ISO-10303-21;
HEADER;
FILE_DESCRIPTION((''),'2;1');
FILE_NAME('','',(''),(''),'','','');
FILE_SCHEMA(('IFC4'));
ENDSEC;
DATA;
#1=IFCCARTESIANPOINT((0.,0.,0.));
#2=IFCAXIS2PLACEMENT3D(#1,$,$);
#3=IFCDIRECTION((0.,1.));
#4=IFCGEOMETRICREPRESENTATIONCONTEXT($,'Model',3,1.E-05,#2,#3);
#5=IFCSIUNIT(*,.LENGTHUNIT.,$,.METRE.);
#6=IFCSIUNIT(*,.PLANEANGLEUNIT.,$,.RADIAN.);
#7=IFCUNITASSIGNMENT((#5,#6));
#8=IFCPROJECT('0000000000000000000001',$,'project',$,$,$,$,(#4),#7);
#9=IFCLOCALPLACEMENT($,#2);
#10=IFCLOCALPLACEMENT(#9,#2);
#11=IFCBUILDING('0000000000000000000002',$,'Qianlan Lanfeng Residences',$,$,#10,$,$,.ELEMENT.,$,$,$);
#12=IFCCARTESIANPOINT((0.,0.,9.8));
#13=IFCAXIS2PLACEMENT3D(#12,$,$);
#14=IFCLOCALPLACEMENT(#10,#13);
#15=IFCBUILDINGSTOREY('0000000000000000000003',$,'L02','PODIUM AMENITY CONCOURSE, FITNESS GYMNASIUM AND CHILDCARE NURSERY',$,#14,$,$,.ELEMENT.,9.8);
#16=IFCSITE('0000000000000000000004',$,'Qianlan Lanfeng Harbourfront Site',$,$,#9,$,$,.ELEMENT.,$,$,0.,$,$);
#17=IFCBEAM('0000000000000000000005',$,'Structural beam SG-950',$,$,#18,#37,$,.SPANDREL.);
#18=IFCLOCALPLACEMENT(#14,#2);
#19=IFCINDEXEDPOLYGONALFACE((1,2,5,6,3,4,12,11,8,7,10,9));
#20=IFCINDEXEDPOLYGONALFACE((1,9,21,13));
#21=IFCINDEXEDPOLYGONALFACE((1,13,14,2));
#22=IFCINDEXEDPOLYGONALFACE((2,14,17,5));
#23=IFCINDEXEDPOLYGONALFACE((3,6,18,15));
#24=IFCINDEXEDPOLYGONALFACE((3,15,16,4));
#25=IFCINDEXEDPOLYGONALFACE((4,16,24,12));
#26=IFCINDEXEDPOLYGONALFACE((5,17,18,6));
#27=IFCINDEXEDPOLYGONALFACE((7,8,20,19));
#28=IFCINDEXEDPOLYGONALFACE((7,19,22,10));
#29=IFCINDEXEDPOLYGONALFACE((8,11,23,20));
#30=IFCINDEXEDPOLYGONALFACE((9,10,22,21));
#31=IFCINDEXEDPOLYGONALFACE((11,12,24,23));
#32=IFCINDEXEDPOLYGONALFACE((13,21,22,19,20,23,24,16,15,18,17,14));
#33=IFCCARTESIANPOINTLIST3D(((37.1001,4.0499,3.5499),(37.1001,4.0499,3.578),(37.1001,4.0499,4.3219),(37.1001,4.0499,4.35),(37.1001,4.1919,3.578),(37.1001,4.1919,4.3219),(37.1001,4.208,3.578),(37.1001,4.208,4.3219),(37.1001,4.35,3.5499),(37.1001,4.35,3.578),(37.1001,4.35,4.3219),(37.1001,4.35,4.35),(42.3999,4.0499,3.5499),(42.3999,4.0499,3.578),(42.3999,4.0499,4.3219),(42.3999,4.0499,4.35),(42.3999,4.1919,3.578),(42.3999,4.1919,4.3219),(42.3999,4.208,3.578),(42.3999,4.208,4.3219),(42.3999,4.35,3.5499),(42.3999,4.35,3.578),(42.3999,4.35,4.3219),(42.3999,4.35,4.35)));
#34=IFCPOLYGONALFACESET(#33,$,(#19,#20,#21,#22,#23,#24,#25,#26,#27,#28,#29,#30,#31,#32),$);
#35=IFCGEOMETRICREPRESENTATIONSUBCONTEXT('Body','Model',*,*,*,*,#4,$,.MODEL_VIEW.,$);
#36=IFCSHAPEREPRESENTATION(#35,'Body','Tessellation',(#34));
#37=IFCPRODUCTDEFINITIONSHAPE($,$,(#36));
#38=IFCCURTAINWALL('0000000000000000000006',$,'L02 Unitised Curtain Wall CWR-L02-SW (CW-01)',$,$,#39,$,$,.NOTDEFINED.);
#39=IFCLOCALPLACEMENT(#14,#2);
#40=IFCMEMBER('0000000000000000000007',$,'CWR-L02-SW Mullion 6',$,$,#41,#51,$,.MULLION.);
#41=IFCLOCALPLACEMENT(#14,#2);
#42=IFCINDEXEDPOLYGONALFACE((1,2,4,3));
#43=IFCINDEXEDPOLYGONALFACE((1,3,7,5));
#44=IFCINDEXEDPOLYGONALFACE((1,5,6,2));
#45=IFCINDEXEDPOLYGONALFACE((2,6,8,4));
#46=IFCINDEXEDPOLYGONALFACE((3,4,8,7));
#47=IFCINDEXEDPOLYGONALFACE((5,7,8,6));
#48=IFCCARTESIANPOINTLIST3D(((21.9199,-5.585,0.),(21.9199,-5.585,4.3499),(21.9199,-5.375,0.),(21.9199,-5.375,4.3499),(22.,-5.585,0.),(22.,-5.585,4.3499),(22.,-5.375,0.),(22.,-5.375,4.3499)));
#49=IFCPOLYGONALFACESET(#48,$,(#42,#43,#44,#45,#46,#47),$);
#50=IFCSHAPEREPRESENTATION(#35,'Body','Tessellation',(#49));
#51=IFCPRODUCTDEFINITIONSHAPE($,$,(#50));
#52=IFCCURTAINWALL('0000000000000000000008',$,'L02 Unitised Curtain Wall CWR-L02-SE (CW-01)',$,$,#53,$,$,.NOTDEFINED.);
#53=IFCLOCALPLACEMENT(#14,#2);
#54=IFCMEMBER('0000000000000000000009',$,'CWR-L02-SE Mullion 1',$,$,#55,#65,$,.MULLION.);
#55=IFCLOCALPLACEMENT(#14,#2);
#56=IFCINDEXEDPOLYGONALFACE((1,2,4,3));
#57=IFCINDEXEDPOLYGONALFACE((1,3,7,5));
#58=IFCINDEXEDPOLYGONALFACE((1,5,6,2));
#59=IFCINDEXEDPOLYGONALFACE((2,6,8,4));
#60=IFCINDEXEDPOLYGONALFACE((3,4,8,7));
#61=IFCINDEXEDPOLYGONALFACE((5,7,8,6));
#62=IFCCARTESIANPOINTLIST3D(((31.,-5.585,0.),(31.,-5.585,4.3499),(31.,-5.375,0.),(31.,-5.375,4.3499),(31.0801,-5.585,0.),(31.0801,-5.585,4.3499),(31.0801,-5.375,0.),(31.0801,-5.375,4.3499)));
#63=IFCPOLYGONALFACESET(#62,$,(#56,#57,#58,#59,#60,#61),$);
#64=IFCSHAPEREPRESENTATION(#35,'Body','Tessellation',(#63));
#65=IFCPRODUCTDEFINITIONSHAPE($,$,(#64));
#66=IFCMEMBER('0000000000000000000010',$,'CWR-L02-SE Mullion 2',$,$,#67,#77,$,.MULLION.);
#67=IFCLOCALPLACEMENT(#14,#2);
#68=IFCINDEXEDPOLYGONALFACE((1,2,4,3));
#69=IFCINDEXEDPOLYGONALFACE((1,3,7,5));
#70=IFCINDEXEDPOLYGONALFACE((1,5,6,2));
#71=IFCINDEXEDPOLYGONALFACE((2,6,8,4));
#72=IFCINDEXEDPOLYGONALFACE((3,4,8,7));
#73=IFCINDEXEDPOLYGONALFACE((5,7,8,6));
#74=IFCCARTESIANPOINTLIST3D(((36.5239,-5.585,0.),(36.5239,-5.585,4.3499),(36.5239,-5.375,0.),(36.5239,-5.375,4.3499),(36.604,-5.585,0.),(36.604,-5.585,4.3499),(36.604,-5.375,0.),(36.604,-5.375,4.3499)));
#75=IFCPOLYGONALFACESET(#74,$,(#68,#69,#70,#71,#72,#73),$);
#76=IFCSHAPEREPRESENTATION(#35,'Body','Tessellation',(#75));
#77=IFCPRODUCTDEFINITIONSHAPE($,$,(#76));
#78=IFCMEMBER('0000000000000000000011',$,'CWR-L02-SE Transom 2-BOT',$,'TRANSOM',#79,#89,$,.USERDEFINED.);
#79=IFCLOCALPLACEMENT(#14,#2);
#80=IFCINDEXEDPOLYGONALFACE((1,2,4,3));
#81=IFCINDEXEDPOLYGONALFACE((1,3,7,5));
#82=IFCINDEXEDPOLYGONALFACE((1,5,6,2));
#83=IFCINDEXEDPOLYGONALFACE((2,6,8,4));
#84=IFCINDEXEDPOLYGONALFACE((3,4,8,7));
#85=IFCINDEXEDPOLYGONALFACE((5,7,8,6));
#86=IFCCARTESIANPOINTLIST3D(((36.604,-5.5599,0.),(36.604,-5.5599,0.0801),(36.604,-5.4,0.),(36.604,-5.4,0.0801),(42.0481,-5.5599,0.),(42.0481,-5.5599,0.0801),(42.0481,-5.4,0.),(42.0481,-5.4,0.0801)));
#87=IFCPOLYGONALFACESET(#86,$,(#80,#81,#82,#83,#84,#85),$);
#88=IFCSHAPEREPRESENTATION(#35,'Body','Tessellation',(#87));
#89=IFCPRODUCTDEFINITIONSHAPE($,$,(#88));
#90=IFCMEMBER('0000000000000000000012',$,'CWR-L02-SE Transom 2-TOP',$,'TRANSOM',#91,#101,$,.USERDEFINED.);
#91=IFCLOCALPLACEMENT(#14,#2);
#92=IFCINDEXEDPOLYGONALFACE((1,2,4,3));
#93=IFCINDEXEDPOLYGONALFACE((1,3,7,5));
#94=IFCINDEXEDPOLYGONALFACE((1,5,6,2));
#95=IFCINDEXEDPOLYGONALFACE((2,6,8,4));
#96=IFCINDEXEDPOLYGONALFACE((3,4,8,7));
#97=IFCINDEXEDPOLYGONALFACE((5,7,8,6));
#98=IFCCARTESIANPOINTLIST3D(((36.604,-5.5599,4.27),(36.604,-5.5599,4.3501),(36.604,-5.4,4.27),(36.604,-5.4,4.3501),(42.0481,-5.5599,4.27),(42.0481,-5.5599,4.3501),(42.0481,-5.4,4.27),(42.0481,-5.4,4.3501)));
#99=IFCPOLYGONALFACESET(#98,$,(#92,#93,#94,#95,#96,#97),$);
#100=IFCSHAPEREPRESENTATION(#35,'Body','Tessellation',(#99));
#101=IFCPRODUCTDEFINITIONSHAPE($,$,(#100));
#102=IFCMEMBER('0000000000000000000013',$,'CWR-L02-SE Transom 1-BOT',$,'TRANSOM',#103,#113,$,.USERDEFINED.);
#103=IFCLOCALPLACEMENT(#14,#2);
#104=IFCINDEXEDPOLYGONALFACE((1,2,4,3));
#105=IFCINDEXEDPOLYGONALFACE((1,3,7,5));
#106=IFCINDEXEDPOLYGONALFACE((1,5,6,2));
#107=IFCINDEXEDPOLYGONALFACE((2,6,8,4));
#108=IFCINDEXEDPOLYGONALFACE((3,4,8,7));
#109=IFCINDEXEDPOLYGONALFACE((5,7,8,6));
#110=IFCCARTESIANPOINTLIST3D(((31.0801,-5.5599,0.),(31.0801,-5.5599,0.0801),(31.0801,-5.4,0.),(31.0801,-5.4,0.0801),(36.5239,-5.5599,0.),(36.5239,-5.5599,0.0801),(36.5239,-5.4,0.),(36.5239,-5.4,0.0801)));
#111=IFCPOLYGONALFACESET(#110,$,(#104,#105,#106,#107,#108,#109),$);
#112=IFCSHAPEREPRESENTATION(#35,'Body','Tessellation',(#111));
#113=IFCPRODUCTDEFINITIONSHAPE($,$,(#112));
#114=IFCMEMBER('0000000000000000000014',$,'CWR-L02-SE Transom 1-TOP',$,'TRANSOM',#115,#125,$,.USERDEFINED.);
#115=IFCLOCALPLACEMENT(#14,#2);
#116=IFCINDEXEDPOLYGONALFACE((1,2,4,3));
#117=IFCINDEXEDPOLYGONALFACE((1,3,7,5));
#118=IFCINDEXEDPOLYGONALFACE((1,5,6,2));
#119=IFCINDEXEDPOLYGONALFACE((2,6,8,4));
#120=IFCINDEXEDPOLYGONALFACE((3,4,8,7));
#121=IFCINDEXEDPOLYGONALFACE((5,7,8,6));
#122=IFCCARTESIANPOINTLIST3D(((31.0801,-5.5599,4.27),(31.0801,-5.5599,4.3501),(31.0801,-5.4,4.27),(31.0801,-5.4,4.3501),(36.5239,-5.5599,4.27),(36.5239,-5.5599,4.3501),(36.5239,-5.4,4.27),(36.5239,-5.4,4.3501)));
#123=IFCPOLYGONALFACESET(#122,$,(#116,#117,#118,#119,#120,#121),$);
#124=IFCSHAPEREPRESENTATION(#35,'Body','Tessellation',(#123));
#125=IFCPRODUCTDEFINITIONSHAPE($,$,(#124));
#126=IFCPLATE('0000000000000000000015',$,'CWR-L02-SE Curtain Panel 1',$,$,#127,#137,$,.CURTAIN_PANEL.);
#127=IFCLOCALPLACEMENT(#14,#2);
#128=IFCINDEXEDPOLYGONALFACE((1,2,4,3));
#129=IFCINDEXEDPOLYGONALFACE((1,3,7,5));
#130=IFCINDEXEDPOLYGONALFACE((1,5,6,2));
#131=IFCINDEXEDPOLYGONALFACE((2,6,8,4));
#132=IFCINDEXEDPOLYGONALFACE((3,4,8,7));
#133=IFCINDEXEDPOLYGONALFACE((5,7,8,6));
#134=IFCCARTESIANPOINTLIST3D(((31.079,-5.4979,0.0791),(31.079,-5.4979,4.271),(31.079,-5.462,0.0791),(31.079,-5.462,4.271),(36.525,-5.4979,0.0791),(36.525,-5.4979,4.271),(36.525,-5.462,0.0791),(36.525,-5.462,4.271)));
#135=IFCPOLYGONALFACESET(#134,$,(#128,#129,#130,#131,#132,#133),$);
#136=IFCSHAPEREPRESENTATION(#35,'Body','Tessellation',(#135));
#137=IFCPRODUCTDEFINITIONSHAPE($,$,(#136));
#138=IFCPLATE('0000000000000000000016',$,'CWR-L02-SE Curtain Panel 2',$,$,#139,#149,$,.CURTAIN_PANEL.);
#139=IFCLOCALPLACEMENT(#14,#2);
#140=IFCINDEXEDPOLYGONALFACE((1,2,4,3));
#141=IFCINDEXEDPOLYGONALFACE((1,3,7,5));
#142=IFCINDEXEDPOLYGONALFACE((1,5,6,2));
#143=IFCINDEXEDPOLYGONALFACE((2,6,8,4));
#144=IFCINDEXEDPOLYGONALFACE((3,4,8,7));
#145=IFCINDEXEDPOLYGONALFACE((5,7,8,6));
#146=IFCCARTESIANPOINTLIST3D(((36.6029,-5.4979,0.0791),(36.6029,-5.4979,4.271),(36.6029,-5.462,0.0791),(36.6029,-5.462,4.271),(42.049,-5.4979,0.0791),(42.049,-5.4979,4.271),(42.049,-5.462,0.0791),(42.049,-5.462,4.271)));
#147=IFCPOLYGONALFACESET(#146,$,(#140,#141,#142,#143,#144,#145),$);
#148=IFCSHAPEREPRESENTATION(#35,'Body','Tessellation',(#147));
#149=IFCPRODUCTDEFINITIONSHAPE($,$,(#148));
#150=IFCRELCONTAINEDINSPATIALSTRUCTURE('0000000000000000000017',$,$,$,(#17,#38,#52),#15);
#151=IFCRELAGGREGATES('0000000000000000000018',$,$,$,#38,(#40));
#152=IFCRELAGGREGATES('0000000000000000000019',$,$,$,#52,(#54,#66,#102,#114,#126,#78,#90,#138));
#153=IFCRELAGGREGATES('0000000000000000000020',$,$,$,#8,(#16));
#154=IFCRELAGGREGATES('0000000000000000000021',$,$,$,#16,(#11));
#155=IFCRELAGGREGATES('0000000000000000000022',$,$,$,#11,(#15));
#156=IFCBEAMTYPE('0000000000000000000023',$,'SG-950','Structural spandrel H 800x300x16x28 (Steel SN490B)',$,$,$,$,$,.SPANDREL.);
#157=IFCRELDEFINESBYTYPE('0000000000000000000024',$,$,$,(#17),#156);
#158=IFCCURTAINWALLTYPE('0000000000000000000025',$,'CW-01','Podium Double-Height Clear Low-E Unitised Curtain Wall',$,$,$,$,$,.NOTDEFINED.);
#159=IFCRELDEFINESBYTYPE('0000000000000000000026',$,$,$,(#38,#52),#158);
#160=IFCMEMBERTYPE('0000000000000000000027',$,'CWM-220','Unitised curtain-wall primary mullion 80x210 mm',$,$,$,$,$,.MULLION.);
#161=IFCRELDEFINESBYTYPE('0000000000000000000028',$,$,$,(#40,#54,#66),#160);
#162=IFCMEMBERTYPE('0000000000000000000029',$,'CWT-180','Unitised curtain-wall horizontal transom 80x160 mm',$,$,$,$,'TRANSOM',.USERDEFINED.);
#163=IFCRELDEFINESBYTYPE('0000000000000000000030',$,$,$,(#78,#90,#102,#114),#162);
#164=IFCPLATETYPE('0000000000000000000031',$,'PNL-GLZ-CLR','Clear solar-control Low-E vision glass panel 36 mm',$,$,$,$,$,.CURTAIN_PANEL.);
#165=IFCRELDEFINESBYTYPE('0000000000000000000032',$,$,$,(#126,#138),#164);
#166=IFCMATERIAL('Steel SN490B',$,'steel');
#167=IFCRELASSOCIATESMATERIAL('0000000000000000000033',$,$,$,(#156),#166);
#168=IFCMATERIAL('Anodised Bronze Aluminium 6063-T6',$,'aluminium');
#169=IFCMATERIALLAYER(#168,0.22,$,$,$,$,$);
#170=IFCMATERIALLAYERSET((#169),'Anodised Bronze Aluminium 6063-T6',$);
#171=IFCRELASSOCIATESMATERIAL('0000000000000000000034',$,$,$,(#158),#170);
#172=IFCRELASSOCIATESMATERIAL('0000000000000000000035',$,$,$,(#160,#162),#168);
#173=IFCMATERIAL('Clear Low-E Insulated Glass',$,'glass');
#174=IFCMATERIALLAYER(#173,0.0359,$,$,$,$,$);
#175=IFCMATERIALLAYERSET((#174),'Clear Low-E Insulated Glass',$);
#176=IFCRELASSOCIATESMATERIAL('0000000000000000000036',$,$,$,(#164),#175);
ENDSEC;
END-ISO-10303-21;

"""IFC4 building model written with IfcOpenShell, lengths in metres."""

from ifc_helpers import new_model, si_unit, direction, frame, origin, origin_2d, place, context, subcontext, project, spatial, rectangle, i_section, extrude, source, transform, mapped, material, layer, layer_set, material_profile, profile_set, type_object, element, aggregate, save


model = new_model("IFC4")

# Units and contexts
model_context = context("Model", 3, precision=1e-05, world=origin(), true_north=direction((0.0, 1.0)))
body_context = subcontext(model_context, "Body", "Model", "MODEL_VIEW")
ifc_project = project(units=[si_unit("LENGTHUNIT", "METRE"), si_unit("PLANEANGLEUNIT", "RADIAN")], contexts=[model_context])

# Site, building, storey
site_placement = place(None, origin())
site = spatial("IfcSite", under=ifc_project, at=site_placement, Name="Qianlan Lanfeng Harbourfront Site", CompositionType="ELEMENT", RefElevation=0.0)
building_placement = place(site_placement, origin())
building = spatial("IfcBuilding", under=site, at=building_placement, Name="Qianlan Lanfeng Residences", CompositionType="ELEMENT")
storey_placement = place(building_placement, frame((0.0, 0.0, 9.8)))
storey = spatial("IfcBuildingStorey", under=building, at=storey_placement, Name="L02", Description="PODIUM AMENITY CONCOURSE, FITNESS GYMNASIUM AND CHILDCARE NURSERY", CompositionType="ELEMENT", Elevation=9.8)

# Beam
ifc_material_1 = material(Name="Steel SN490B", Category="steel")
ifc_material_profile_1 = material_profile(ifc_material_1, i_section(OverallWidth=0.3, OverallDepth=0.8, WebThickness=0.0161, FlangeThickness=0.0281, at=origin_2d()), Name="H 800x300x16x28")
ifc_profile_set_1 = profile_set([ifc_material_profile_1], Name="Steel SN490B")
beam_type_1 = type_object("IfcBeamType", Name="SG-950", Description="Structural spandrel H 800x300x16x28 (Steel SN490B)", PredefinedType="SPANDREL", material=ifc_profile_set_1)
beam_1_placement = place(storey_placement, frame((37.1001, 4.2, 3.95), z_axis=(1.0, 0.0, 0.0), x_axis=(0.0, 1.0, 0.0)))
element("IfcBeam", 1, at=beam_1_placement, inside=storey, type_object=beam_type_1, Name="Structural beam SG-950", PredefinedType="SPANDREL", context=body_context, shape_type="SweptSolid", body=[
    extrude(i_section(OverallWidth=0.3, OverallDepth=0.8, WebThickness=0.0161, FlangeThickness=0.0281, at=origin_2d()), origin(), (0.0, 0.0, 1.0), 5.2998),
])

# Curtain wall, member
ifc_material_2 = material(Name="Anodised Bronze Aluminium 6063-T6", Category="aluminium")
ifc_layer_1 = layer(ifc_material_2, 0.22)
ifc_layer_set_1 = layer_set([ifc_layer_1], Name="Anodised Bronze Aluminium 6063-T6")
curtain_wall_type = type_object("IfcCurtainWallType", Name="CW-01", Description="Podium Double-Height Clear Low-E Unitised Curtain Wall", PredefinedType="NOTDEFINED", material=ifc_layer_set_1)
curtain_wall_1_placement = place(storey_placement, origin())
curtain_wall_1 = element("IfcCurtainWall", 2, at=curtain_wall_1_placement, inside=storey, type_object=curtain_wall_type, Name="L02 Unitised Curtain Wall CWR-L02-SW (CW-01)", PredefinedType="NOTDEFINED")
ifc_material_profile_2 = material_profile(ifc_material_2, rectangle(XDim=0.0801, YDim=0.21, at=origin_2d()), Name="ALU MULLION 80x210")
ifc_profile_set_2 = profile_set([ifc_material_profile_2], Name="Anodised Bronze Aluminium 6063-T6")
member_type_1 = type_object("IfcMemberType", Name="CWM-220", Description="Unitised curtain-wall primary mullion 80x210 mm", PredefinedType="MULLION", material=ifc_profile_set_2)
shared_shape_1 = source(origin(), body_context, "Body", "SweptSolid", [
    extrude(rectangle(XDim=0.0801, YDim=0.21, at=origin_2d()), origin(), (0.0, 0.0, 1.0), 4.3499),
])
member_1_placement = place(storey_placement, frame((21.96, -5.48, 0.0), z_axis=(0.0, 0.0, 1.0), x_axis=(1.0, 0.0, 0.0)))
member_1 = element("IfcMember", 3, at=member_1_placement, type_object=member_type_1, Name="CWR-L02-SW Mullion 6", PredefinedType="MULLION", context=body_context, shape_type="MappedRepresentation", body=[
    mapped(shared_shape_1, transform((0.0, 0.0, 0.0), scale=1.0)),
])
aggregate(curtain_wall_1, [member_1])

# Curtain wall, members, plates
curtain_wall_2_placement = place(storey_placement, origin())
curtain_wall_2 = element("IfcCurtainWall", 4, at=curtain_wall_2_placement, inside=storey, type_object=curtain_wall_type, Name="L02 Unitised Curtain Wall CWR-L02-SE (CW-01)", PredefinedType="NOTDEFINED")
member_2_placement = place(storey_placement, frame((31.04, -5.48, 0.0), z_axis=(0.0, 0.0, 1.0), x_axis=(1.0, 0.0, 0.0)))
member_2 = element("IfcMember", 5, at=member_2_placement, type_object=member_type_1, Name="CWR-L02-SE Mullion 1", PredefinedType="MULLION", context=body_context, shape_type="MappedRepresentation", body=[
    mapped(shared_shape_1, transform((0.0, 0.0, 0.0), scale=1.0)),
])
member_3_placement = place(storey_placement, frame((36.564, -5.48, 0.0), z_axis=(0.0, 0.0, 1.0), x_axis=(1.0, 0.0, 0.0)))
member_3 = element("IfcMember", 6, at=member_3_placement, type_object=member_type_1, Name="CWR-L02-SE Mullion 2", PredefinedType="MULLION", context=body_context, shape_type="MappedRepresentation", body=[
    mapped(shared_shape_1, transform((0.0, 0.0, 0.0), scale=1.0)),
])
ifc_material_profile_3 = material_profile(ifc_material_2, rectangle(XDim=0.0801, YDim=0.1599, at=origin_2d()), Name="ALU TRANSOM 80x160")
ifc_profile_set_3 = profile_set([ifc_material_profile_3], Name="Anodised Bronze Aluminium 6063-T6")
member_type_2 = type_object("IfcMemberType", Name="CWT-180", Description="Unitised curtain-wall horizontal transom 80x160 mm", ElementType="TRANSOM", PredefinedType="USERDEFINED", material=ifc_profile_set_3)
shared_shape_2 = source(origin(), body_context, "Body", "SweptSolid", [
    extrude(rectangle(XDim=0.0801, YDim=0.1599, at=origin_2d()), origin(), (0.0, 0.0, 1.0), 5.4441),
])
member_4_placement = place(storey_placement, frame((36.604, -5.48, 0.04), z_axis=(1.0, 0.0, 0.0), x_axis=(0.0, 0.0, 1.0)))
member_4 = element("IfcMember", 7, at=member_4_placement, type_object=member_type_2, Name="CWR-L02-SE Transom 2-BOT", ObjectType="TRANSOM", PredefinedType="USERDEFINED", context=body_context, shape_type="MappedRepresentation", body=[
    mapped(shared_shape_2, transform((0.0, 0.0, 0.0), scale=1.0)),
])
member_5_placement = place(storey_placement, frame((36.604, -5.48, 4.3101), z_axis=(1.0, 0.0, 0.0), x_axis=(0.0, 0.0, 1.0)))
member_5 = element("IfcMember", 8, at=member_5_placement, type_object=member_type_2, Name="CWR-L02-SE Transom 2-TOP", ObjectType="TRANSOM", PredefinedType="USERDEFINED", context=body_context, shape_type="MappedRepresentation", body=[
    mapped(shared_shape_2, transform((0.0, 0.0, 0.0), scale=1.0)),
])
shared_shape_3 = source(origin(), body_context, "Body", "SweptSolid", [
    extrude(rectangle(XDim=0.0801, YDim=0.1599, at=origin_2d()), origin(), (0.0, 0.0, 1.0), 5.4438),
])
member_6_placement = place(storey_placement, frame((31.0801, -5.48, 0.04), z_axis=(1.0, 0.0, 0.0), x_axis=(0.0, 0.0, 1.0)))
member_6 = element("IfcMember", 9, at=member_6_placement, type_object=member_type_2, Name="CWR-L02-SE Transom 1-BOT", ObjectType="TRANSOM", PredefinedType="USERDEFINED", context=body_context, shape_type="MappedRepresentation", body=[
    mapped(shared_shape_3, transform((0.0, 0.0, 0.0), scale=1.0)),
])
member_7_placement = place(storey_placement, frame((31.0801, -5.48, 4.3101), z_axis=(1.0, 0.0, 0.0), x_axis=(0.0, 0.0, 1.0)))
member_7 = element("IfcMember", 10, at=member_7_placement, type_object=member_type_2, Name="CWR-L02-SE Transom 1-TOP", ObjectType="TRANSOM", PredefinedType="USERDEFINED", context=body_context, shape_type="MappedRepresentation", body=[
    mapped(shared_shape_3, transform((0.0, 0.0, 0.0), scale=1.0)),
])
ifc_material_3 = material(Name="Clear Low-E Insulated Glass", Category="glass")
ifc_layer_2 = layer(ifc_material_3, 0.0359)
ifc_layer_set_2 = layer_set([ifc_layer_2], Name="Clear Low-E Insulated Glass")
plate_type = type_object("IfcPlateType", Name="PNL-GLZ-CLR", Description="Clear solar-control Low-E vision glass panel 36 mm", PredefinedType="CURTAIN_PANEL", material=ifc_layer_set_2)
shared_shape_4 = source(origin(), body_context, "Body", "SweptSolid", [
    extrude(rectangle(XDim=5.446, YDim=0.0359, at=origin_2d()), origin(), (0.0, 0.0, 1.0), 4.1919),
])
plate_1_placement = place(storey_placement, frame((33.802, -5.48, 0.0791), z_axis=(0.0, 0.0, 1.0), x_axis=(1.0, 0.0, 0.0)))
plate_1 = element("IfcPlate", 11, at=plate_1_placement, type_object=plate_type, Name="CWR-L02-SE Curtain Panel 1", PredefinedType="CURTAIN_PANEL", context=body_context, shape_type="MappedRepresentation", body=[
    mapped(shared_shape_4, transform((0.0, 0.0, 0.0), scale=1.0)),
])
plate_2_placement = place(storey_placement, frame((39.3259, -5.48, 0.0791), z_axis=(0.0, 0.0, 1.0), x_axis=(1.0, 0.0, 0.0)))
plate_2 = element("IfcPlate", 12, at=plate_2_placement, type_object=plate_type, Name="CWR-L02-SE Curtain Panel 2", PredefinedType="CURTAIN_PANEL", context=body_context, shape_type="MappedRepresentation", body=[
    mapped(shared_shape_4, transform((0.0, 0.0, 0.0), scale=1.0)),
])
aggregate(curtain_wall_2, [member_2, member_3, member_6, member_7, plate_1, member_4, member_5, plate_2])

save(model, "model.ifc")
